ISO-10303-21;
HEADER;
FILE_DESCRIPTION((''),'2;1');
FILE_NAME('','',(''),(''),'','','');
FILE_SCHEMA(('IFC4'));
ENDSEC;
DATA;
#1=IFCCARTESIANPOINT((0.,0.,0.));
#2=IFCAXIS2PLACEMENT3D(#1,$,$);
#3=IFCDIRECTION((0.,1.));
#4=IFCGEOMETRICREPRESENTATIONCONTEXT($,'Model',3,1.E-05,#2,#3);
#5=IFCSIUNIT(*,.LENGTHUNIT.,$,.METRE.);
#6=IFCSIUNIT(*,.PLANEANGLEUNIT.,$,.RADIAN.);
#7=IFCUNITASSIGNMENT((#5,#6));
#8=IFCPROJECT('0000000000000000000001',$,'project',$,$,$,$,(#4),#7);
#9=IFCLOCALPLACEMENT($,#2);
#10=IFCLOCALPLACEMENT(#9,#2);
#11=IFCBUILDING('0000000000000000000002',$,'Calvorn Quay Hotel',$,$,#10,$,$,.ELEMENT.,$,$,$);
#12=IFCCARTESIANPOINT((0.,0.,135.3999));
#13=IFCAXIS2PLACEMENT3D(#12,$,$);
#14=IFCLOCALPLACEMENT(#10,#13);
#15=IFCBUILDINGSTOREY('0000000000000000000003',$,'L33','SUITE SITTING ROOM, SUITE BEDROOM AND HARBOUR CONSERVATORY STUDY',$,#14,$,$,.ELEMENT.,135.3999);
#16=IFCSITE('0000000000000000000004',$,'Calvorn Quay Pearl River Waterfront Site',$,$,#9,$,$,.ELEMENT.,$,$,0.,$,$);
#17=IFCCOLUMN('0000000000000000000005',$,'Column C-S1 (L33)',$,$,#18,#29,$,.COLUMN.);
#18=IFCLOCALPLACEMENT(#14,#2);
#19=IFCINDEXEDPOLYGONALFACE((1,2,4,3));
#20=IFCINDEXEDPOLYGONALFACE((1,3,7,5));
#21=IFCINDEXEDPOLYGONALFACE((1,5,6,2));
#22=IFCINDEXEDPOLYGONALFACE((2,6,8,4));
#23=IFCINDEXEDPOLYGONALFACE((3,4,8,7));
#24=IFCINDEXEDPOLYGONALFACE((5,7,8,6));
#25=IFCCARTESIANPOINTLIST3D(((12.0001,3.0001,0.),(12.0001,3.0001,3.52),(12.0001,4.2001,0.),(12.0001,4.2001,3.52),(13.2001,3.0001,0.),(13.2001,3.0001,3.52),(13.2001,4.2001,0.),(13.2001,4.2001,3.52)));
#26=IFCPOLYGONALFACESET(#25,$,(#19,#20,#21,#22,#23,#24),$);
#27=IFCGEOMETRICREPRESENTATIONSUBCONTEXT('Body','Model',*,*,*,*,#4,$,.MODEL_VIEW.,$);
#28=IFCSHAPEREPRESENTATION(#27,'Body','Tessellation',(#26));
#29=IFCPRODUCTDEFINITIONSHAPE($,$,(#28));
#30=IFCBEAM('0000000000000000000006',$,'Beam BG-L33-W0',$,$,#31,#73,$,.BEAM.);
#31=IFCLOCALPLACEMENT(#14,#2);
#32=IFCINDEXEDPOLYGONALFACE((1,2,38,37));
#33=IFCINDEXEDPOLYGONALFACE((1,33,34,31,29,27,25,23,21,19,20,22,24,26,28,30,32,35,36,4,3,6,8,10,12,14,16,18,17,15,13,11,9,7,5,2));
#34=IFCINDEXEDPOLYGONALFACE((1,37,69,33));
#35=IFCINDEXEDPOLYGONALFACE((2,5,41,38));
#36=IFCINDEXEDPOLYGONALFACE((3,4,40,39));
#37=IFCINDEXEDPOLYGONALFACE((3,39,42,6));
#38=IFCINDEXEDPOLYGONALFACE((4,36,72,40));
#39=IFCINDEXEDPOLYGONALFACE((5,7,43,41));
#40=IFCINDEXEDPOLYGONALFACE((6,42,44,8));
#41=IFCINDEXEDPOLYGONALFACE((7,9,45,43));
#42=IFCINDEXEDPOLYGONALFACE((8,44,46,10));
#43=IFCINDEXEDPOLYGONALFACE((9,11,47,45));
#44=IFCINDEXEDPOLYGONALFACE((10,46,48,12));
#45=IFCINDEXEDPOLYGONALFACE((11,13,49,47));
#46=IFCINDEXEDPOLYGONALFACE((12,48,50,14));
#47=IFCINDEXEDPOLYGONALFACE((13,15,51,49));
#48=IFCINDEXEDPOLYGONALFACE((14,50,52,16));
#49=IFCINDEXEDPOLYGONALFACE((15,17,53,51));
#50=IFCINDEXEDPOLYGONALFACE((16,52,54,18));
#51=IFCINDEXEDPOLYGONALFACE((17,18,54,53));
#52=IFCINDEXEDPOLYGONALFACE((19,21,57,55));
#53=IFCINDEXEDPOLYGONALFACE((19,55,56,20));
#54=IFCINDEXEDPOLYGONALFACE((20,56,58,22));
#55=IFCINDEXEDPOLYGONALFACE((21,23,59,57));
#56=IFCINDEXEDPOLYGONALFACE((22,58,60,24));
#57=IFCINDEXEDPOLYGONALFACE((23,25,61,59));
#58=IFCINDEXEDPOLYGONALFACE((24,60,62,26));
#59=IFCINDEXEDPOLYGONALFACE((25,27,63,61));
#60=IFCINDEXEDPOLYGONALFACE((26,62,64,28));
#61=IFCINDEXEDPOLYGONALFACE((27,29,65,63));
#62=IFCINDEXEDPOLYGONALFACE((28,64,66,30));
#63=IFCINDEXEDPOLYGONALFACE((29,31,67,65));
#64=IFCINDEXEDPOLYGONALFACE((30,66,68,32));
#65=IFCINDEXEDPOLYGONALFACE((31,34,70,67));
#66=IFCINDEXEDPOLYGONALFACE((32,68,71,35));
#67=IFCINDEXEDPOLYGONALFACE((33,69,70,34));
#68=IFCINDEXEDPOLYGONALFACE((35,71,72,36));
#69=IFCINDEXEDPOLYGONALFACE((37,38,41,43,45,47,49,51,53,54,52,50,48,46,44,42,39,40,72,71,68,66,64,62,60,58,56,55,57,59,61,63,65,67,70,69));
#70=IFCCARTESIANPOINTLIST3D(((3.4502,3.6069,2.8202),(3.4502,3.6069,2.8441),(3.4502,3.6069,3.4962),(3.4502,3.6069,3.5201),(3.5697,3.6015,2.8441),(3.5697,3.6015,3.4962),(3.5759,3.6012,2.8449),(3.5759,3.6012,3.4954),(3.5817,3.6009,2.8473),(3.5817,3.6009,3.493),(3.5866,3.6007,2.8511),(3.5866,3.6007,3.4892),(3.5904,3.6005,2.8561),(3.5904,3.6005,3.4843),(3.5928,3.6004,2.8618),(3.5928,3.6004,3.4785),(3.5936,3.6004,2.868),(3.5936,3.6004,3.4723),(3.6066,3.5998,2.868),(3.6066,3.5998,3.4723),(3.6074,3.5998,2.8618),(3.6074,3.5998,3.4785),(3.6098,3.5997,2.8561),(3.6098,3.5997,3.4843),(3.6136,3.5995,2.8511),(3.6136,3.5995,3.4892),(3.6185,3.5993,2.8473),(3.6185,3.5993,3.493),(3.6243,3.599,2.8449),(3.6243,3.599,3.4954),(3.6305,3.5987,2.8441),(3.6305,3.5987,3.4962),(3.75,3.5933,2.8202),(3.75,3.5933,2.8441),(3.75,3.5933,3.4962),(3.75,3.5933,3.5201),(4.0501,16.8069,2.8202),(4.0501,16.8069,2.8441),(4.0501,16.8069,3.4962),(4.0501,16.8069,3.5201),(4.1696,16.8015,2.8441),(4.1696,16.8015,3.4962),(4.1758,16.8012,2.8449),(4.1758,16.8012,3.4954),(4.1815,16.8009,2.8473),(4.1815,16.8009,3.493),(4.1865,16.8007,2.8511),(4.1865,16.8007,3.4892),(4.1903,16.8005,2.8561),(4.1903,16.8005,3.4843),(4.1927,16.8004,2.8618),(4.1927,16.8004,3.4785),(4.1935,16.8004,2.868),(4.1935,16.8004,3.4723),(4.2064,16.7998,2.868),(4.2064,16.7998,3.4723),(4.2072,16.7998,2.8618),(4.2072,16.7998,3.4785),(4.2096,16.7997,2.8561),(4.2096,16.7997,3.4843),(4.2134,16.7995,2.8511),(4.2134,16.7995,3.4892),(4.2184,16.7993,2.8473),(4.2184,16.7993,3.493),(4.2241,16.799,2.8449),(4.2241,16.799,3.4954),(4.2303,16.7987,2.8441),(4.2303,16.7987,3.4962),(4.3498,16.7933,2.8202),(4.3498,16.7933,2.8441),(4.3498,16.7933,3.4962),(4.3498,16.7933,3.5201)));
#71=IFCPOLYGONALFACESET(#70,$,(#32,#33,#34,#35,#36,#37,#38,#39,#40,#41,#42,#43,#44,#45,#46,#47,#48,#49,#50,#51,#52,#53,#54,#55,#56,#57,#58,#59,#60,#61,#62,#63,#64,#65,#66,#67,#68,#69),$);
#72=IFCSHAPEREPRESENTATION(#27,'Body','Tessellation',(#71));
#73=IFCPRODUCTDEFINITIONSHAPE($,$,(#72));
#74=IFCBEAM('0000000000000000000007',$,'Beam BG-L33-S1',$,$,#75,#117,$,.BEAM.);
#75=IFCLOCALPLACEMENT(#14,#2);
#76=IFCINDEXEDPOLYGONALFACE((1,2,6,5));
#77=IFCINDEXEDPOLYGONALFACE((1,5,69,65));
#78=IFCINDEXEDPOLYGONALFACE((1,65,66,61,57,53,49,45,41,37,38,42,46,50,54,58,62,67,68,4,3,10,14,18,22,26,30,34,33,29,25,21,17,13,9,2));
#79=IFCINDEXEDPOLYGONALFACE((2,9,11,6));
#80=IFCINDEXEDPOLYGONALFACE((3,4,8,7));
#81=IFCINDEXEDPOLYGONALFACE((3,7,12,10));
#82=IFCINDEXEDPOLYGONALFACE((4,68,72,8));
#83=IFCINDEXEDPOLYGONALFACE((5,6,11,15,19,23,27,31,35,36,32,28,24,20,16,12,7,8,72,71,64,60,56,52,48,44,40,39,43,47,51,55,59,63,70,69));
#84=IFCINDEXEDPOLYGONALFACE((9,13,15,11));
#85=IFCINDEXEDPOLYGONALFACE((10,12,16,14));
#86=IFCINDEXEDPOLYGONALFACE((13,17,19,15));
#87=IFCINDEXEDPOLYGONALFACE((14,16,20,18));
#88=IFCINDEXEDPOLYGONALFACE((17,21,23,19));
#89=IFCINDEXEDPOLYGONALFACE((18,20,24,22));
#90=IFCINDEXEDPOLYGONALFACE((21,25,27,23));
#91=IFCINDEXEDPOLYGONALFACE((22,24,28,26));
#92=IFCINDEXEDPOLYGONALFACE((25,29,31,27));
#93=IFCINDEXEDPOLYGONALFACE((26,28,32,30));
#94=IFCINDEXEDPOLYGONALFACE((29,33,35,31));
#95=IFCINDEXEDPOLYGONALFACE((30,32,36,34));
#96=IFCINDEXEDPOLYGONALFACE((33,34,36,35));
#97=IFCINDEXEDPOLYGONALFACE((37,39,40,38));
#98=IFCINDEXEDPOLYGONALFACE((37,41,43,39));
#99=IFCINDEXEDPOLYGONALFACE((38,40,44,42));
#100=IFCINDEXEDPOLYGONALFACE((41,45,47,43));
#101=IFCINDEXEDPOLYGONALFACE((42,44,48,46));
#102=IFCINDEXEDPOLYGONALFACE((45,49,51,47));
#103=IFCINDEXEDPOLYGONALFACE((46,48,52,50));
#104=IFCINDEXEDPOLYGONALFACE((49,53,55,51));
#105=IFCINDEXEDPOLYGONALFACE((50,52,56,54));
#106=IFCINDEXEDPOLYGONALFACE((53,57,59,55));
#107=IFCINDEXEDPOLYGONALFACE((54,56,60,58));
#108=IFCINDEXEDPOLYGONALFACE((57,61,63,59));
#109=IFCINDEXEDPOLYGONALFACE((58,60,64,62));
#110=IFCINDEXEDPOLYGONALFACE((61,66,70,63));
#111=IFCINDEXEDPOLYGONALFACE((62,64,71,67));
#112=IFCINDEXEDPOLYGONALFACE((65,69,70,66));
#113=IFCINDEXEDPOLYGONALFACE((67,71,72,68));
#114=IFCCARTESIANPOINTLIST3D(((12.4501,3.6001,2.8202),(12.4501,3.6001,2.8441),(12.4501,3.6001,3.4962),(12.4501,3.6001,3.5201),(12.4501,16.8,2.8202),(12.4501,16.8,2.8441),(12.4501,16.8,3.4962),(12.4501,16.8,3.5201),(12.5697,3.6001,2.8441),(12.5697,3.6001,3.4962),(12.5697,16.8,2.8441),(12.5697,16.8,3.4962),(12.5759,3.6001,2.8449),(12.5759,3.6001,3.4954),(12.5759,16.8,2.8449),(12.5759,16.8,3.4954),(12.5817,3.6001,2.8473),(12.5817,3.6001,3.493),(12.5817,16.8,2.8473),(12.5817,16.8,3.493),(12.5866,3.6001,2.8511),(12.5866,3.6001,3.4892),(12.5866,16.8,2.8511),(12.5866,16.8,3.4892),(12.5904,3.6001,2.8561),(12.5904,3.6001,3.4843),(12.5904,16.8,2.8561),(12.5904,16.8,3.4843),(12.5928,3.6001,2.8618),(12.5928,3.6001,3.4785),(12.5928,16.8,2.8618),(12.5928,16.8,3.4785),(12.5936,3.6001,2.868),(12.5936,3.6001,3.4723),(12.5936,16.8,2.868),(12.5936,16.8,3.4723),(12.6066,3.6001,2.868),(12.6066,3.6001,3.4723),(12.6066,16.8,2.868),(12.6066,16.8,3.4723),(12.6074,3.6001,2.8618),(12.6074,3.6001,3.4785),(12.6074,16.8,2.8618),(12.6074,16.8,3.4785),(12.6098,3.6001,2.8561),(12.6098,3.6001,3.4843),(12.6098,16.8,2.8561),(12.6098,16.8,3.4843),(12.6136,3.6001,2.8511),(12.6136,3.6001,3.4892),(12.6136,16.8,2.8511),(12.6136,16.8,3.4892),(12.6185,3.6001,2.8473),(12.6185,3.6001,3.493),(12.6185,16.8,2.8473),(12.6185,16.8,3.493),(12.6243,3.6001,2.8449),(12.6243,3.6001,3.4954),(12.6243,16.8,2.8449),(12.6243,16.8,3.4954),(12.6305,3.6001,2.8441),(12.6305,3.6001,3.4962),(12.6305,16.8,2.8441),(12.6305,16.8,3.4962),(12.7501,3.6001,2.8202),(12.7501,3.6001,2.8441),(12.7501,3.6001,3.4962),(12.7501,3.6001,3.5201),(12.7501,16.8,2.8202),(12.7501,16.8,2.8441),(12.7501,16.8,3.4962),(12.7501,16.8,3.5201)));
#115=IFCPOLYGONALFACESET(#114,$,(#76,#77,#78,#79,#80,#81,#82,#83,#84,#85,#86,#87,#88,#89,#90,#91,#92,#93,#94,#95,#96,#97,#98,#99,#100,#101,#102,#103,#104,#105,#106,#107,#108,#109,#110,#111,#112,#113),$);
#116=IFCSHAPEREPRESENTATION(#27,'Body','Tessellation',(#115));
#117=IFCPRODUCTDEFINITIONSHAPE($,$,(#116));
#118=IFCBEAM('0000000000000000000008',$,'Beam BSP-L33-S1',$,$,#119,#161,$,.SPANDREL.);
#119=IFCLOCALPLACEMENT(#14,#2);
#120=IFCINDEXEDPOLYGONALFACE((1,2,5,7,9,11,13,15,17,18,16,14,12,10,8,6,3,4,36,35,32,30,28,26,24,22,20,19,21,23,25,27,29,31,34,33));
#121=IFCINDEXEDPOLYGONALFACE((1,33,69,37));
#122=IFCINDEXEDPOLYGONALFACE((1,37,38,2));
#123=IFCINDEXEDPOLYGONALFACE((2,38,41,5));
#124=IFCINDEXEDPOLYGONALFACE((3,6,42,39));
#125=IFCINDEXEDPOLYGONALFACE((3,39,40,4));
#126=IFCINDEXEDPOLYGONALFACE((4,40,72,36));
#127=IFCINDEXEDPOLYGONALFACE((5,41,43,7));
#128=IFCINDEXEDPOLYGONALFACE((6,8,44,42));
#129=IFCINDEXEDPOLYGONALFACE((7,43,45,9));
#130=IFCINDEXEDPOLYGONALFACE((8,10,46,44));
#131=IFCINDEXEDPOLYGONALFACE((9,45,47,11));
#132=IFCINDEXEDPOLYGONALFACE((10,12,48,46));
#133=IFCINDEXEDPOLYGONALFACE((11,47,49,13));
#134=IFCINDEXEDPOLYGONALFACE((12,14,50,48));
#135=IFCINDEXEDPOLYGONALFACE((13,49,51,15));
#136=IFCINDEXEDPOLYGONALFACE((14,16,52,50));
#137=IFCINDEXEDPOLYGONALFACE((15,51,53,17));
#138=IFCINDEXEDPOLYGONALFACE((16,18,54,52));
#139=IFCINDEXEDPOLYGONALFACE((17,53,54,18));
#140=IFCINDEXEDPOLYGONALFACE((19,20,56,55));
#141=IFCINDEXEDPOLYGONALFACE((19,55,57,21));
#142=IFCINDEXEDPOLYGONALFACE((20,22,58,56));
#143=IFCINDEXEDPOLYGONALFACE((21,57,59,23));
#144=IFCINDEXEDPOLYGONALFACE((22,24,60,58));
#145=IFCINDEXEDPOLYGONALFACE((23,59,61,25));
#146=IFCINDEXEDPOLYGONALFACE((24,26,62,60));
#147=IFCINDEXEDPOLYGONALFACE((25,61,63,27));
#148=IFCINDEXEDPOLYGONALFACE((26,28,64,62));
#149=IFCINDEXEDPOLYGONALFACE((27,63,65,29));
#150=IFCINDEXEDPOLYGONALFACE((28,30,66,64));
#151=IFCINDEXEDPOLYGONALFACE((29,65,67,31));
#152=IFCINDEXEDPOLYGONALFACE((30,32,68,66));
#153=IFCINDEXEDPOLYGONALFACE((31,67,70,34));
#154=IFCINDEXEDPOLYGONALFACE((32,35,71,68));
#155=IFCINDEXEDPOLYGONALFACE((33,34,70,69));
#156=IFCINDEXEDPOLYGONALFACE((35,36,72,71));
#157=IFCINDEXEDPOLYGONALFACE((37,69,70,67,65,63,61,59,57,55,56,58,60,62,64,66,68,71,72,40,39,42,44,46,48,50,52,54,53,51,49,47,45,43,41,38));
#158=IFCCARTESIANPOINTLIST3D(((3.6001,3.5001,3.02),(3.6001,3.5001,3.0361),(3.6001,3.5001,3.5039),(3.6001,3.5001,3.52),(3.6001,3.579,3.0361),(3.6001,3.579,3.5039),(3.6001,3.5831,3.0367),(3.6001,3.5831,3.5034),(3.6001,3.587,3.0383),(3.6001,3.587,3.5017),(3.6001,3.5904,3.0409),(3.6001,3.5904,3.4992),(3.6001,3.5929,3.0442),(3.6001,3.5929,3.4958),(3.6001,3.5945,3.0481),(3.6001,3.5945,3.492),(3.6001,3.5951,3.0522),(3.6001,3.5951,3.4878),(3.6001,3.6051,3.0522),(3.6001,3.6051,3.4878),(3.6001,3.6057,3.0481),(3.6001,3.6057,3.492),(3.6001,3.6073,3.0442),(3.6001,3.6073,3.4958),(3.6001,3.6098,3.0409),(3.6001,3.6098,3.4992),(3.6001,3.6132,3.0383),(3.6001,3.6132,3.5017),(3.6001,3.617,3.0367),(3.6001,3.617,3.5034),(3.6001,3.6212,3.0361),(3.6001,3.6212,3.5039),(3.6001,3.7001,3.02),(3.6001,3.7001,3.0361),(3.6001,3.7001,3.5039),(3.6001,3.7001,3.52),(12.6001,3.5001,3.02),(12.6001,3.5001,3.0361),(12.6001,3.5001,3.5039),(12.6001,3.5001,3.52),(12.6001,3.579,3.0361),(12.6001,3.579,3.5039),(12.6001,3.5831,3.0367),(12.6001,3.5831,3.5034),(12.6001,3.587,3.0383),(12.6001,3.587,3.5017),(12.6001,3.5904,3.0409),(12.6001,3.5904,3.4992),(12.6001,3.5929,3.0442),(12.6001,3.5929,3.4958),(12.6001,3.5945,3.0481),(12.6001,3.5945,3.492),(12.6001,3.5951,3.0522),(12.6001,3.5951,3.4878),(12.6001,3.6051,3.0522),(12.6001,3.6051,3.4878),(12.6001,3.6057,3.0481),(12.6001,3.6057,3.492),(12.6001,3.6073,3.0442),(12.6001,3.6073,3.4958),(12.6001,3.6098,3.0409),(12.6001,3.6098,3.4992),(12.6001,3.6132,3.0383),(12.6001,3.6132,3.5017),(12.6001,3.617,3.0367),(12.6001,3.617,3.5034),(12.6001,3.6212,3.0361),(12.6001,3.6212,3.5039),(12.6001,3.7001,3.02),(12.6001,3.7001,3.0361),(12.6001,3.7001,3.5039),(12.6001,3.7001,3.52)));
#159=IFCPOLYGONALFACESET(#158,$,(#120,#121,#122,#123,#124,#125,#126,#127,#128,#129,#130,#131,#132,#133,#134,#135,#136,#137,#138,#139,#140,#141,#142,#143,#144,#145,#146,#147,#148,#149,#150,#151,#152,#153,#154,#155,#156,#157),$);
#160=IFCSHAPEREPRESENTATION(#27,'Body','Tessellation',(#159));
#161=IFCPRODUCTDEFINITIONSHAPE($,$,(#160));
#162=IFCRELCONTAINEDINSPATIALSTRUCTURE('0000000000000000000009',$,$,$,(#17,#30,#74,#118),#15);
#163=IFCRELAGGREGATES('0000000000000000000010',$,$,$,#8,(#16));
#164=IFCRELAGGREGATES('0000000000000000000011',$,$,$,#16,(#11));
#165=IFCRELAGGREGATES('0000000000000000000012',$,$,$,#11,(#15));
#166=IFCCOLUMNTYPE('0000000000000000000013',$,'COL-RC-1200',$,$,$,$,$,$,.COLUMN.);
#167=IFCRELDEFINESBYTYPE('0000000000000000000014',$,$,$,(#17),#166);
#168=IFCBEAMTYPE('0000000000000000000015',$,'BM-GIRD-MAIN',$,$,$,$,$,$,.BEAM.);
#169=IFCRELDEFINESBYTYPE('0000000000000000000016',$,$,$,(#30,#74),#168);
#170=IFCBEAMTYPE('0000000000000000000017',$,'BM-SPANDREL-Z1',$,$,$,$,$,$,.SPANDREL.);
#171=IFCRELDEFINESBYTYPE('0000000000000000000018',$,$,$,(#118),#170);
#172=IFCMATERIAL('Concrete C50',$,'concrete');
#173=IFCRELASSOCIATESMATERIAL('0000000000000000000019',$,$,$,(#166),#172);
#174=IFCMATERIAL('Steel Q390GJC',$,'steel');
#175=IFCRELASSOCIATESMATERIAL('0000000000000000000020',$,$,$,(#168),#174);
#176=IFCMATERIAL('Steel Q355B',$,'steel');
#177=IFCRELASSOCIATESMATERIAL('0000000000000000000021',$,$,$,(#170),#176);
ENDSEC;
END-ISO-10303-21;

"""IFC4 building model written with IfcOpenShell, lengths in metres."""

from ifc_helpers import new_model, si_unit, direction, frame, origin, origin_2d, place, context, subcontext, project, spatial, rectangle, i_section, extrude, material, material_profile, profile_set, type_object, element, save


model = new_model("IFC4")

# Units and contexts
model_context = context("Model", 3, precision=1e-05, world=origin(), true_north=direction((0.0, 1.0)))
body_context = subcontext(model_context, "Body", "Model", "MODEL_VIEW")
ifc_project = project(units=[si_unit("LENGTHUNIT", "METRE"), si_unit("PLANEANGLEUNIT", "RADIAN")], contexts=[model_context])

# Site, building, storey
site_placement = place(None, origin())
site = spatial("IfcSite", under=ifc_project, at=site_placement, Name="Calvorn Quay Pearl River Waterfront Site", CompositionType="ELEMENT", RefElevation=0.0)
building_placement = place(site_placement, origin())
building = spatial("IfcBuilding", under=site, at=building_placement, Name="Calvorn Quay Hotel", CompositionType="ELEMENT")
storey_placement = place(building_placement, frame((0.0, 0.0, 135.3999)))
storey = spatial("IfcBuildingStorey", under=building, at=storey_placement, Name="L33", Description="SUITE SITTING ROOM, SUITE BEDROOM AND HARBOUR CONSERVATORY STUDY", CompositionType="ELEMENT", Elevation=135.3999)

# Column
ifc_material_1 = material(Name="Concrete C50", Category="concrete")
ifc_material_profile_1 = material_profile(ifc_material_1, rectangle(XDim=1.2, YDim=1.2, at=origin_2d()), Name="RC1200x1200")
ifc_profile_set_1 = profile_set([ifc_material_profile_1], Name="Concrete C50")
column_type = type_object("IfcColumnType", Name="COL-RC-1200", PredefinedType="COLUMN", material=ifc_profile_set_1)
column_placement = place(storey_placement, frame((12.6001, 3.6001, 0.0), z_axis=(0.0, 0.0, 1.0), x_axis=(1.0, 0.0, 0.0)))
element("IfcColumn", 1, at=column_placement, inside=storey, type_object=column_type, Name="Column C-S1 (L33)", PredefinedType="COLUMN", context=body_context, shape_type="SweptSolid", body=[
    extrude(rectangle(XDim=1.2, YDim=1.2, at=origin_2d()), origin(), (0.0, 0.0, 1.0), 3.52),
])

# Beams
ifc_material_2 = material(Name="Steel Q390GJC", Category="steel")
ifc_material_profile_2 = material_profile(ifc_material_2, i_section(OverallWidth=0.3, OverallDepth=0.7, WebThickness=0.0129, FlangeThickness=0.0239, FilletRadius=0.0239, at=origin_2d()), Name="HN700x300x13x24")
ifc_profile_set_2 = profile_set([ifc_material_profile_2], Name="Steel Q390GJC")
beam_type_1 = type_object("IfcBeamType", Name="BM-GIRD-MAIN", PredefinedType="BEAM", material=ifc_profile_set_2)
beam_1_placement = place(storey_placement, frame((3.6001, 3.6001, 3.1702), z_axis=(0.045397, 0.998969, 0.0), x_axis=(-0.998969, 0.045397, 0.0)))
element("IfcBeam", 2, at=beam_1_placement, inside=storey, type_object=beam_type_1, Name="Beam BG-L33-W0", PredefinedType="BEAM", context=body_context, shape_type="SweptSolid", body=[
    extrude(i_section(OverallWidth=0.3, OverallDepth=0.7, WebThickness=0.0129, FlangeThickness=0.0239, FilletRadius=0.0239, at=origin_2d()), origin(), (0.0, 0.0, 1.0), 13.2136),
])
beam_2_placement = place(storey_placement, frame((12.6001, 3.6001, 3.1702), z_axis=(0.0, 1.0, 0.0), x_axis=(-1.0, 0.0, 0.0)))
element("IfcBeam", 3, at=beam_2_placement, inside=storey, type_object=beam_type_1, Name="Beam BG-L33-S1", PredefinedType="BEAM", context=body_context, shape_type="SweptSolid", body=[
    extrude(i_section(OverallWidth=0.3, OverallDepth=0.7, WebThickness=0.0129, FlangeThickness=0.0239, FilletRadius=0.0239, at=origin_2d()), origin(), (0.0, 0.0, 1.0), 13.2),
])
ifc_material_3 = material(Name="Steel Q355B", Category="steel")
ifc_material_profile_3 = material_profile(ifc_material_3, i_section(OverallWidth=0.2, OverallDepth=0.5, WebThickness=0.01, FlangeThickness=0.0161, FilletRadius=0.0161, at=origin_2d()), Name="HN500x200x10x16")
ifc_profile_set_3 = profile_set([ifc_material_profile_3], Name="Steel Q355B")
beam_type_2 = type_object("IfcBeamType", Name="BM-SPANDREL-Z1", PredefinedType="SPANDREL", material=ifc_profile_set_3)
beam_3_placement = place(storey_placement, frame((3.6001, 3.6001, 3.27), z_axis=(1.0, 0.0, 0.0), x_axis=(0.0, 1.0, 0.0)))
element("IfcBeam", 4, at=beam_3_placement, inside=storey, type_object=beam_type_2, Name="Beam BSP-L33-S1", PredefinedType="SPANDREL", context=body_context, shape_type="SweptSolid", body=[
    extrude(i_section(OverallWidth=0.2, OverallDepth=0.5, WebThickness=0.01, FlangeThickness=0.0161, FilletRadius=0.0161, at=origin_2d()), origin(), (0.0, 0.0, 1.0), 9.0),
])

save(model, "model.ifc")
